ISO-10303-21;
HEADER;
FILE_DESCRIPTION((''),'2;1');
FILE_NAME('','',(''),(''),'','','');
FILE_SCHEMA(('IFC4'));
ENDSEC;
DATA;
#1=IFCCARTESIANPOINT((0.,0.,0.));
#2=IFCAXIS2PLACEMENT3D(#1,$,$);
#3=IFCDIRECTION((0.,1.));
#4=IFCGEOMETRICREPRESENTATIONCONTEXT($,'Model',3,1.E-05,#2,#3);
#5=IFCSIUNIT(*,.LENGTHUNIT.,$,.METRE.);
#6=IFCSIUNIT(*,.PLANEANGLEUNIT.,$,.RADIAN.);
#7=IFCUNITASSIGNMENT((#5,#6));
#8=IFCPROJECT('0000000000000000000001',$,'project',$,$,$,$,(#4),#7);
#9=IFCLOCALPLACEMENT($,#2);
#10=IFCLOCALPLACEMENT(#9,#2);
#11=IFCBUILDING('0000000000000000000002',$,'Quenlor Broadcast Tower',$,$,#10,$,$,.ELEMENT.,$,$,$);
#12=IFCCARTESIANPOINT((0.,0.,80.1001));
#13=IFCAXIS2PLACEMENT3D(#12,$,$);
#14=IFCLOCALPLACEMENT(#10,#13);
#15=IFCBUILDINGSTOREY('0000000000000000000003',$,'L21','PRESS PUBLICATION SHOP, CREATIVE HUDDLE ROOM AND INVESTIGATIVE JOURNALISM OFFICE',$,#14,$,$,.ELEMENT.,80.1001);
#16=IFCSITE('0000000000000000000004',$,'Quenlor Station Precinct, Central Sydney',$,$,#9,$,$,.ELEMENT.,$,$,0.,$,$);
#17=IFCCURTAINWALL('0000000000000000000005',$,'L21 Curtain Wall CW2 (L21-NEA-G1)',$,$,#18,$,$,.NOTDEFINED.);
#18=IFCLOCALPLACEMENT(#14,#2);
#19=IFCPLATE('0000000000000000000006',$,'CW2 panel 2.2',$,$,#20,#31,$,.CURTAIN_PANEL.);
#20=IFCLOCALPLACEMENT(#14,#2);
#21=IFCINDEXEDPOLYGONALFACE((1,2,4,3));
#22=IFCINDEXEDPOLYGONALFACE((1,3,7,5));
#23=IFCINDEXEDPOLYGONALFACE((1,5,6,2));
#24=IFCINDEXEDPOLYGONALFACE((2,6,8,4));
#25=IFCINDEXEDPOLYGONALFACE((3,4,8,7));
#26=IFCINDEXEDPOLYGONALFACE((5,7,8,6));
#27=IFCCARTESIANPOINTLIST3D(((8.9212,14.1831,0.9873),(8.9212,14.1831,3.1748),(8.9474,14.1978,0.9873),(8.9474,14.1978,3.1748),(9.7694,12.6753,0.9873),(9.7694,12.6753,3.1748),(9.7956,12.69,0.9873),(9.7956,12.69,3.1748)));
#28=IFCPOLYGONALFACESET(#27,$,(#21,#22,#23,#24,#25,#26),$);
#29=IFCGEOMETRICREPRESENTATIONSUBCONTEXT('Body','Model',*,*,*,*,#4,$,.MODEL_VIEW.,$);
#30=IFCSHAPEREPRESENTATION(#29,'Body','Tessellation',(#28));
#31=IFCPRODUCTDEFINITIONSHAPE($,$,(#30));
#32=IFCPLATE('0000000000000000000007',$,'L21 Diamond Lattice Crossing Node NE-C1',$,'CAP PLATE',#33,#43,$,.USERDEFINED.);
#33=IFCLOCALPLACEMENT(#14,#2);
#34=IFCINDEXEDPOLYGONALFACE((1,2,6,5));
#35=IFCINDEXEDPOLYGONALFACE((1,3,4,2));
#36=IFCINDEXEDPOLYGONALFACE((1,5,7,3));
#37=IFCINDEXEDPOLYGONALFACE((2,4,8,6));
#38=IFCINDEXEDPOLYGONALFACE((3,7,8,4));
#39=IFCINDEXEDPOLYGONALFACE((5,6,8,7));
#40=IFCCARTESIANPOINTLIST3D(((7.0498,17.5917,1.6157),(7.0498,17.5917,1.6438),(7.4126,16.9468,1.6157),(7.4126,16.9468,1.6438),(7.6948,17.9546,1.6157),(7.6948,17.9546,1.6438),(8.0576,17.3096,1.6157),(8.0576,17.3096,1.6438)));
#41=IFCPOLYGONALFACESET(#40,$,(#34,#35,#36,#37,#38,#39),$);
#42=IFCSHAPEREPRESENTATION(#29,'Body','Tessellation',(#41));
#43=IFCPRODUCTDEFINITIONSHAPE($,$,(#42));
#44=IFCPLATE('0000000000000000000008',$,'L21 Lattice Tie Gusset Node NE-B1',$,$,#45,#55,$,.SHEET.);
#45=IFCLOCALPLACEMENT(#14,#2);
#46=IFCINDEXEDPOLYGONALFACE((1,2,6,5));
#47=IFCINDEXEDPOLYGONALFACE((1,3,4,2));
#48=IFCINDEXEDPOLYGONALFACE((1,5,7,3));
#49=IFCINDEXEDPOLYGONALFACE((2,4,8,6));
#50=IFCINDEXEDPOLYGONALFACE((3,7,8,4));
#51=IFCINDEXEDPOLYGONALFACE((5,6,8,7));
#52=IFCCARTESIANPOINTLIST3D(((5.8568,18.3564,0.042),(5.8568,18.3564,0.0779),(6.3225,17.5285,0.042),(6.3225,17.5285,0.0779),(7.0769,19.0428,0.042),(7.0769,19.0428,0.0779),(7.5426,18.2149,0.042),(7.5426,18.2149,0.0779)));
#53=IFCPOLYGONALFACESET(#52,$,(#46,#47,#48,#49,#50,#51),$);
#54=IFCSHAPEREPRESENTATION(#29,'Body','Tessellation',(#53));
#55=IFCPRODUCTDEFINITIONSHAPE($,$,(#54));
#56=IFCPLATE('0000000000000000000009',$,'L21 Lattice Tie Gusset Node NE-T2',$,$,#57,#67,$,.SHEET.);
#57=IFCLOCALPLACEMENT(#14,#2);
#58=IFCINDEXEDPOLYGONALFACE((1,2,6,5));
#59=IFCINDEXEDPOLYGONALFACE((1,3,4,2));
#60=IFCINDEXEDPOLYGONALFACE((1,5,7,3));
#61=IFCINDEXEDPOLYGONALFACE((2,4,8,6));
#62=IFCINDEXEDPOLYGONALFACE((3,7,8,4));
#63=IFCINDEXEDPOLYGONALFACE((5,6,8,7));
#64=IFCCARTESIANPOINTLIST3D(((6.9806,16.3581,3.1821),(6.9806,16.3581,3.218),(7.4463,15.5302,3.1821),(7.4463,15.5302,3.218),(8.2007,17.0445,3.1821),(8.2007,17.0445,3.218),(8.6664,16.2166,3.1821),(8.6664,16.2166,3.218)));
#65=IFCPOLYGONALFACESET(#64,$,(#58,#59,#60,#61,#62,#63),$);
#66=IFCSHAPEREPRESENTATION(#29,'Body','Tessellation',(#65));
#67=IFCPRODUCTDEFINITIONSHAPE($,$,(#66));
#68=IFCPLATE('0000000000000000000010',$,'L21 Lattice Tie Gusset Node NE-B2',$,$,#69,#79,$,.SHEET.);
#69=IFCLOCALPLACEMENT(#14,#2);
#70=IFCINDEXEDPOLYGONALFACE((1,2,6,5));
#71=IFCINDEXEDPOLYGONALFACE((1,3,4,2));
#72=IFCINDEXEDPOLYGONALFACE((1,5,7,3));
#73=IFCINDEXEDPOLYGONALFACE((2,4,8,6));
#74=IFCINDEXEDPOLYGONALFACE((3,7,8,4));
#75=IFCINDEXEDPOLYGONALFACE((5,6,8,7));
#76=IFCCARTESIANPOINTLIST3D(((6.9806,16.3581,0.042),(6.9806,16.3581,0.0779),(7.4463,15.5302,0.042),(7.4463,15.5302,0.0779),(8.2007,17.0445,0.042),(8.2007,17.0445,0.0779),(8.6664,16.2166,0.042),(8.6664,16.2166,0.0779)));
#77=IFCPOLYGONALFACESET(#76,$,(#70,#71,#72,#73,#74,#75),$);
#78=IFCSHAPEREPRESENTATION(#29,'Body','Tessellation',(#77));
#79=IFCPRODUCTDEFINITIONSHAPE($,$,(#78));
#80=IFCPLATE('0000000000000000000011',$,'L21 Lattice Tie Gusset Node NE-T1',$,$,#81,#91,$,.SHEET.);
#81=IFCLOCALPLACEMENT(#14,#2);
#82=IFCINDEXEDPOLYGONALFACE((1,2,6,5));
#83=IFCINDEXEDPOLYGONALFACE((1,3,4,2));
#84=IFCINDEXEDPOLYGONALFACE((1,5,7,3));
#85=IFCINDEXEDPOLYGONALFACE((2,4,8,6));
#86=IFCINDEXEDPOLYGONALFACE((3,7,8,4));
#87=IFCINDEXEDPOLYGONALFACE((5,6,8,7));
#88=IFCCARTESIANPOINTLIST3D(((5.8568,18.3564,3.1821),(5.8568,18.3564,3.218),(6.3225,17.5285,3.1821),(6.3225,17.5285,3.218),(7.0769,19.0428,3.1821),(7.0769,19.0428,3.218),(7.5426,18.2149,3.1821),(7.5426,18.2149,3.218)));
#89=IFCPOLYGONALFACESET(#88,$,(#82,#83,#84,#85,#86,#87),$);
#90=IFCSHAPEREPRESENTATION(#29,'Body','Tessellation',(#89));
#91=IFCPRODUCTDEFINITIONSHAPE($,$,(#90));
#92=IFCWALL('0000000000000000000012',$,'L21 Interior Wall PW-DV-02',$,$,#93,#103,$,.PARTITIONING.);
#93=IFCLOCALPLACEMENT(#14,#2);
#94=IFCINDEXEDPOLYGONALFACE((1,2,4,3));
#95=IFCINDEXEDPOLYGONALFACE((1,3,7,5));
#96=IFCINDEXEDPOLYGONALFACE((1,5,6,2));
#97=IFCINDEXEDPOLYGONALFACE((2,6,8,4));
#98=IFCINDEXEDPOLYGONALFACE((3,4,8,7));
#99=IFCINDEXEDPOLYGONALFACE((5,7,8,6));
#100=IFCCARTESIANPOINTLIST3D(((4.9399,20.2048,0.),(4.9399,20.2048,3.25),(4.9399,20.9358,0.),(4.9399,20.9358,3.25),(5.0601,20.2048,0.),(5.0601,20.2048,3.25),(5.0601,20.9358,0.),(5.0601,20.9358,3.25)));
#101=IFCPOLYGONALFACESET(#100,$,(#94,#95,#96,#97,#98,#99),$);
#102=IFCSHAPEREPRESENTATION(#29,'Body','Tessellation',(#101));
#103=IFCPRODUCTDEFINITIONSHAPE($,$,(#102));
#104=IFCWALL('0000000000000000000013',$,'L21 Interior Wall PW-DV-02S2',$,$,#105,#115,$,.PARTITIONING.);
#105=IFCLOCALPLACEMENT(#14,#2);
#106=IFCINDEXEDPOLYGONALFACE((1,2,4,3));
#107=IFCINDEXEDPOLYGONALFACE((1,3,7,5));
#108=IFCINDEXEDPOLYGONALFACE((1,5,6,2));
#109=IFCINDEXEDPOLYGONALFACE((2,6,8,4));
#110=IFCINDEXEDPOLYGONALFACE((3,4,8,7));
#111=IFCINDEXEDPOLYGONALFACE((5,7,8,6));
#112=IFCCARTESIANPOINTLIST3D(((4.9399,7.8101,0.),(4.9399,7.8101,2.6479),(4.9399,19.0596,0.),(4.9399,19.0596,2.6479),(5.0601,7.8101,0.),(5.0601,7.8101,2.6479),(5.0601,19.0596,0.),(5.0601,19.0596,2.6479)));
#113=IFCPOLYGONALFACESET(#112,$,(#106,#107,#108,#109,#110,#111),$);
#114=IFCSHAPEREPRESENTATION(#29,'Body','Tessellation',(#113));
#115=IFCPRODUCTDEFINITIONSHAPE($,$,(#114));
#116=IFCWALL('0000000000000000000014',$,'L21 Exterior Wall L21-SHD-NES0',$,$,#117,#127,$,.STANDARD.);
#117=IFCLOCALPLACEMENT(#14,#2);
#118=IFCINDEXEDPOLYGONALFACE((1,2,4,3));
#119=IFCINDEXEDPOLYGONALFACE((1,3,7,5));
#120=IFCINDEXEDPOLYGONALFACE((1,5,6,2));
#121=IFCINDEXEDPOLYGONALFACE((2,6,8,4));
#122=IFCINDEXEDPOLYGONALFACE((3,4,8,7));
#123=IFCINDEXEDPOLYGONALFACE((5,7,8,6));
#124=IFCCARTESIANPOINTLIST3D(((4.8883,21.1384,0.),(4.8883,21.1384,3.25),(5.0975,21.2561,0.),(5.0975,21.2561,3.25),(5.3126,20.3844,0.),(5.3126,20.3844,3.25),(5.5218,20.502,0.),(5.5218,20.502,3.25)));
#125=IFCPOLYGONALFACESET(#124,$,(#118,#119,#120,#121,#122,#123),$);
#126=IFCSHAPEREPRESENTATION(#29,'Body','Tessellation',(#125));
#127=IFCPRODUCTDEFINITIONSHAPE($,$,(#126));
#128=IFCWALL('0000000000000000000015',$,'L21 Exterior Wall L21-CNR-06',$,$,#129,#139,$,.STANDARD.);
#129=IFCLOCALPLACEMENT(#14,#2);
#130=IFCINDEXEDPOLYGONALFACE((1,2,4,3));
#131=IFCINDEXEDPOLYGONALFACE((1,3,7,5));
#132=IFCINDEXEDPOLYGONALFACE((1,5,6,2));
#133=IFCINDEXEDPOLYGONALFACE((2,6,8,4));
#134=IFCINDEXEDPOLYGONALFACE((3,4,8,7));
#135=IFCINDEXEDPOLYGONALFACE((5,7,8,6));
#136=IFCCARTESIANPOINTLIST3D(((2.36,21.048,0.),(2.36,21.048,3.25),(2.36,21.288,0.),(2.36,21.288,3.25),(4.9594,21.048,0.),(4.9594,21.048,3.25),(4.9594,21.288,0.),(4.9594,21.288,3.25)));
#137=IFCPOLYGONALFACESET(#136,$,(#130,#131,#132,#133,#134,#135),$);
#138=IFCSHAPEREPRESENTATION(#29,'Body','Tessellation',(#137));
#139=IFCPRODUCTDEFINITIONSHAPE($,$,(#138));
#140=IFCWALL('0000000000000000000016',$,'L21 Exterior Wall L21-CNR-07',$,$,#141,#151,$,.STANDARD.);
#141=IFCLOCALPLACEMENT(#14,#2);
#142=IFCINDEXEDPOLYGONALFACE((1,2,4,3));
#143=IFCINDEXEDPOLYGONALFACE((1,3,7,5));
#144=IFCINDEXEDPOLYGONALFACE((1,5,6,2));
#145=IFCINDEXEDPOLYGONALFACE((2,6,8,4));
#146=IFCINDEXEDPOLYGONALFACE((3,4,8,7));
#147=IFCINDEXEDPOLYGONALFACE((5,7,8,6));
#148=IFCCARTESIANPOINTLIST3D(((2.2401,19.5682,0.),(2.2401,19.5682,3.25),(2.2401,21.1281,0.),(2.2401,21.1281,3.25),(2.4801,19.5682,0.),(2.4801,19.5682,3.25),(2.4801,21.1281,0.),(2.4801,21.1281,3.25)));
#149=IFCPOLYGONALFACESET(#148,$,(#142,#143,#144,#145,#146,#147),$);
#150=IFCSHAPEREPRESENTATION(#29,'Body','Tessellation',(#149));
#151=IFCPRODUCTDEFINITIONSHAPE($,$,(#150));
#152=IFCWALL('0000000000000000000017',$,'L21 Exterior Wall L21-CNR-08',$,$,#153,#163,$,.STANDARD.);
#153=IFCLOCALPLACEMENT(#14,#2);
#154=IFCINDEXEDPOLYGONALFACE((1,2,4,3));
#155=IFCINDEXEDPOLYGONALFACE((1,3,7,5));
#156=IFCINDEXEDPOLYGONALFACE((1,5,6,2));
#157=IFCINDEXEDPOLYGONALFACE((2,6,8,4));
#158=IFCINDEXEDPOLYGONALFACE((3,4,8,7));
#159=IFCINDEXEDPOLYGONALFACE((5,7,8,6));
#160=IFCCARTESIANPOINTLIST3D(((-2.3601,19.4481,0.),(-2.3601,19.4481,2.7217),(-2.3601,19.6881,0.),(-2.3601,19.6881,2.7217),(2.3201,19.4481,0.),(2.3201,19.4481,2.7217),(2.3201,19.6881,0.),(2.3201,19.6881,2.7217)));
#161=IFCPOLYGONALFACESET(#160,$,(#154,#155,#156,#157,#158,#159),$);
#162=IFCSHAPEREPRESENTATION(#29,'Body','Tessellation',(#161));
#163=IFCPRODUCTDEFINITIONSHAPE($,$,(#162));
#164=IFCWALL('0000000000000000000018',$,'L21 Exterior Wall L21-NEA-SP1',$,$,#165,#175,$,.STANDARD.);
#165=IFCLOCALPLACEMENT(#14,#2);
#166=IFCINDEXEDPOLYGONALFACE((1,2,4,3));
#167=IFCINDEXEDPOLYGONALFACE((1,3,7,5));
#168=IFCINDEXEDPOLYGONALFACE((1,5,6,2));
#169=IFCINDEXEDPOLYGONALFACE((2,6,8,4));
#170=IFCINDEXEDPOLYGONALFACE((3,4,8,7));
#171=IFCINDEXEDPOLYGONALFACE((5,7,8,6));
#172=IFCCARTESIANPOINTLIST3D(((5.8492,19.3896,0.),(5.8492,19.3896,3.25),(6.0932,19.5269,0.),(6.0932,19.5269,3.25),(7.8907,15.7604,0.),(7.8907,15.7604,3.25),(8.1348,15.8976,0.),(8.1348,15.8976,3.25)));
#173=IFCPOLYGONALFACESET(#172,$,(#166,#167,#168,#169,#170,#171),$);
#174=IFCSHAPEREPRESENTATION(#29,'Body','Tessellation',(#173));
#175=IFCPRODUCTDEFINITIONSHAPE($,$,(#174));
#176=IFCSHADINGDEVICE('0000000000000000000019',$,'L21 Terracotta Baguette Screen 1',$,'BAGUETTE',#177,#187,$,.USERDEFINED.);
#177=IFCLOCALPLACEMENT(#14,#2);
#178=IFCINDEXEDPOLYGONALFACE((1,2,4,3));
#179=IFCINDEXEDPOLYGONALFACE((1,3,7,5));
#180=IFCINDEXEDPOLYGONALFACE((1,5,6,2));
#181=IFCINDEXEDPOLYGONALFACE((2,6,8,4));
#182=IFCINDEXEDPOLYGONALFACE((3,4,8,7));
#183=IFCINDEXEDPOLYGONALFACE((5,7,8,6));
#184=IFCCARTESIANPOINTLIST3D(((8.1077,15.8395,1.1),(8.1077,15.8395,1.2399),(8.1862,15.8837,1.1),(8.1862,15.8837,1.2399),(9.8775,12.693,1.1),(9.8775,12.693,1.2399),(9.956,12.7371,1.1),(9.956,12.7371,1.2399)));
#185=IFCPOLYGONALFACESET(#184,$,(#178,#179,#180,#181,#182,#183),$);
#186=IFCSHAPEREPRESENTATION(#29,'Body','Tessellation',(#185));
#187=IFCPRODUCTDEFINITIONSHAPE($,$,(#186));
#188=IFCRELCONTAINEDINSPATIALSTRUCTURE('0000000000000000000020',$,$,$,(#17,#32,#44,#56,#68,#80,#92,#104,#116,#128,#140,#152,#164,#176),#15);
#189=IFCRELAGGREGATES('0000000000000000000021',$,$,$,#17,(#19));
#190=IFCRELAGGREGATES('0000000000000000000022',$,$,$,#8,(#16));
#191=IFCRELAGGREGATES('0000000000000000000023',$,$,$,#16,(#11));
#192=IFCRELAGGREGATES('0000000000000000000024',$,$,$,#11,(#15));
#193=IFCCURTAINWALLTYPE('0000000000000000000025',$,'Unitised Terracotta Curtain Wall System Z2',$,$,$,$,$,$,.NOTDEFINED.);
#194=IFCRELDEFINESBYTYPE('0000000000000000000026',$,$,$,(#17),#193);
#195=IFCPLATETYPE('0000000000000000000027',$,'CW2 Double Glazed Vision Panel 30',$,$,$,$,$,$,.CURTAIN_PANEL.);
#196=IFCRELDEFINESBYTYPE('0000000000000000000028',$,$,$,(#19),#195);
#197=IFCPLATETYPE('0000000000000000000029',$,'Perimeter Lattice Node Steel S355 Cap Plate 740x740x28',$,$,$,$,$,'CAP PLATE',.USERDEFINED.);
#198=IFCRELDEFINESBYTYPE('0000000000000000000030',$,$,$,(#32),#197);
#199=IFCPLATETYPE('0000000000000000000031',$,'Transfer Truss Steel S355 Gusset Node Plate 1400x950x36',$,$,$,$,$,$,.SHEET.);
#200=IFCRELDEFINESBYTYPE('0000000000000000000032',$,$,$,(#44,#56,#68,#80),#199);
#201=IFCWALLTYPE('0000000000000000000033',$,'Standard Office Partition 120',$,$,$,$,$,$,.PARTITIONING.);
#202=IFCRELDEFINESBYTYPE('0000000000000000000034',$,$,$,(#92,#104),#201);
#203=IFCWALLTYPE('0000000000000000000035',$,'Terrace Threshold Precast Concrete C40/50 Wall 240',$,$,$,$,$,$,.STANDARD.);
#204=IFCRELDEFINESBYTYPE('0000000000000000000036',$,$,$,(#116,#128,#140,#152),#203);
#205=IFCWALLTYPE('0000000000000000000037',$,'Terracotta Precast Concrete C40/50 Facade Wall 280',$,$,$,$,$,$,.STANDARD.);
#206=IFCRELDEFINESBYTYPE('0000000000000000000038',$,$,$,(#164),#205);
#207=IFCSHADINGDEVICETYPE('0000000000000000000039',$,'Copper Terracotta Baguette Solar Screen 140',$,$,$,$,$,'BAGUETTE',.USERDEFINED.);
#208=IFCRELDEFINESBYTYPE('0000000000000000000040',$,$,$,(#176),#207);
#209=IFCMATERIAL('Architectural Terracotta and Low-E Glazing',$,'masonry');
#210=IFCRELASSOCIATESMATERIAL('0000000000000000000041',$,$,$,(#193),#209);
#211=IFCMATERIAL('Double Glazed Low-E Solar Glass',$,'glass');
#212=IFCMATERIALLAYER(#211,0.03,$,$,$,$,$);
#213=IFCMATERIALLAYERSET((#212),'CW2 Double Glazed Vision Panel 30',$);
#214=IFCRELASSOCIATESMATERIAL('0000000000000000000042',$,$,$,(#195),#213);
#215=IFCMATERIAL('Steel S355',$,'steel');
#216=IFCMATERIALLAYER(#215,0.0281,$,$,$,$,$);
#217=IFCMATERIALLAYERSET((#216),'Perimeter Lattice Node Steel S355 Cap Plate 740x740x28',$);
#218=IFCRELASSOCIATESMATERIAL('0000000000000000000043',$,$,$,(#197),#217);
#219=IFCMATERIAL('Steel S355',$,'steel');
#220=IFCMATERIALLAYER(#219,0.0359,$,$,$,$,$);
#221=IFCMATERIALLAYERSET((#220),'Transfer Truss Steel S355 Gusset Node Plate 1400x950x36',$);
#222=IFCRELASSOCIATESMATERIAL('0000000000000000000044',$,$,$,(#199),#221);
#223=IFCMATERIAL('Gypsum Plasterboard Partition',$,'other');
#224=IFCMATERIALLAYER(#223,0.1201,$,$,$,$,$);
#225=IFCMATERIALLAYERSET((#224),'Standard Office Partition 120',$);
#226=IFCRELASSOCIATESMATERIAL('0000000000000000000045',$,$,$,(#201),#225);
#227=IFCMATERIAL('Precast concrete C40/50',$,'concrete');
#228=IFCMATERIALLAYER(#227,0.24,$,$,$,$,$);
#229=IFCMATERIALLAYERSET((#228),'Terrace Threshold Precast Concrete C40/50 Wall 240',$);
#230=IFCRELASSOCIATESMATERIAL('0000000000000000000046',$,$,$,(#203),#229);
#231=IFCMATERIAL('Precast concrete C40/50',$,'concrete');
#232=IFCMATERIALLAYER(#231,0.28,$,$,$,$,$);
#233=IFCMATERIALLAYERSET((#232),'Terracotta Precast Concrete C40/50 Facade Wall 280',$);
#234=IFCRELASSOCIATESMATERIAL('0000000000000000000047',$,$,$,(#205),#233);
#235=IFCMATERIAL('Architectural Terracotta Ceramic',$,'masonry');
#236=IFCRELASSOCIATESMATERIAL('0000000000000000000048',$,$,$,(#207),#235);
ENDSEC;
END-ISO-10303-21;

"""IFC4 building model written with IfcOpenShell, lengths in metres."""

from ifc_helpers import new_model, si_unit, direction, frame, frame_2d, origin, origin_2d, place, context, subcontext, project, spatial, rectangle, extrude, material, layer, layer_set, material_profile, profile_set, type_object, element, aggregate, save


model = new_model("IFC4")

# Units and contexts
model_context = context("Model", 3, precision=1e-05, world=origin(), true_north=direction((0.0, 1.0)))
body_context = subcontext(model_context, "Body", "Model", "MODEL_VIEW")
ifc_project = project(units=[si_unit("LENGTHUNIT", "METRE"), si_unit("PLANEANGLEUNIT", "RADIAN")], contexts=[model_context])

# Site, building, storey
site_placement = place(None, origin())
site = spatial("IfcSite", under=ifc_project, at=site_placement, Name="Quenlor Station Precinct, Central Sydney", CompositionType="ELEMENT", RefElevation=0.0)
building_placement = place(site_placement, origin())
building = spatial("IfcBuilding", under=site, at=building_placement, Name="Quenlor Broadcast Tower", CompositionType="ELEMENT")
storey_placement = place(building_placement, frame((0.0, 0.0, 80.1001)))
storey = spatial("IfcBuildingStorey", under=building, at=storey_placement, Name="L21", Description="PRESS PUBLICATION SHOP, CREATIVE HUDDLE ROOM AND INVESTIGATIVE JOURNALISM OFFICE", CompositionType="ELEMENT", Elevation=80.1001)

# Curtain wall
ifc_material_1 = material(Name="Architectural Terracotta and Low-E Glazing", Category="masonry")
curtain_wall_type = type_object("IfcCurtainWallType", Name="Unitised Terracotta Curtain Wall System Z2", PredefinedType="NOTDEFINED", material=ifc_material_1)
curtain_wall_placement = place(storey_placement, origin())
curtain_wall = element("IfcCurtainWall", 1, at=curtain_wall_placement, inside=storey, type_object=curtain_wall_type, Name="L21 Curtain Wall CW2 (L21-NEA-G1)", PredefinedType="NOTDEFINED")

# Plate
ifc_material_2 = material(Name="Double Glazed Low-E Solar Glass", Category="glass")
ifc_layer_1 = layer(ifc_material_2, 0.03)
ifc_layer_set_1 = layer_set([ifc_layer_1], Name="CW2 Double Glazed Vision Panel 30")
plate_type_1 = type_object("IfcPlateType", Name="CW2 Double Glazed Vision Panel 30", PredefinedType="CURTAIN_PANEL", material=ifc_layer_set_1)
plate_1_placement = place(storey_placement, frame((9.3584, 13.4365, 0.9873), z_axis=(0.0, 0.0, 1.0), x_axis=(0.490265, -0.871573, 0.0)))
plate_1 = element("IfcPlate", 2, at=plate_1_placement, type_object=plate_type_1, Name="CW2 panel 2.2", PredefinedType="CURTAIN_PANEL", context=body_context, shape_type="SweptSolid", body=[
    extrude(rectangle(XDim=1.73, YDim=0.03, at=origin_2d()), origin(), (0.0, 0.0, 1.0), 2.1875),
])
aggregate(curtain_wall, [plate_1])

# Plates
ifc_material_3 = material(Name="Steel S355", Category="steel")
ifc_layer_2 = layer(ifc_material_3, 0.0281)
ifc_layer_set_2 = layer_set([ifc_layer_2], Name="Perimeter Lattice Node Steel S355 Cap Plate 740x740x28")
plate_type_2 = type_object("IfcPlateType", Name="Perimeter Lattice Node Steel S355 Cap Plate 740x740x28", ElementType="CAP PLATE", PredefinedType="USERDEFINED", material=ifc_layer_set_2)
plate_2_placement = place(storey_placement, frame((7.5537, 17.4507, 1.6157), z_axis=(0.0, 0.0, 1.0), x_axis=(0.490295, -0.871556, 0.0)))
element("IfcPlate", 3, at=plate_2_placement, inside=storey, type_object=plate_type_2, Name="L21 Diamond Lattice Crossing Node NE-C1", ObjectType="CAP PLATE", PredefinedType="USERDEFINED", context=body_context, shape_type="SweptSolid", body=[
    extrude(rectangle(XDim=0.74, YDim=0.74, at=origin_2d()), origin(), (0.0, 0.0, 1.0), 0.0281),
])
ifc_material_4 = material(Name="Steel S355", Category="steel")
ifc_layer_3 = layer(ifc_material_4, 0.0359)
ifc_layer_set_3 = layer_set([ifc_layer_3], Name="Transfer Truss Steel S355 Gusset Node Plate 1400x950x36")
plate_type_3 = type_object("IfcPlateType", Name="Transfer Truss Steel S355 Gusset Node Plate 1400x950x36", PredefinedType="SHEET", material=ifc_layer_set_3)
for number, where, z_axis, x_axis, name in (
    (4, (6.6997, 18.2856, 0.042), (0.0, 0.0, 1.0), (0.871556, 0.490295, 0.0), "L21 Lattice Tie Gusset Node NE-B1"),
    (5, (7.8235, 16.2874, 3.1821), (0.0, 0.0, 1.0), (0.871556, 0.490295, 0.0), "L21 Lattice Tie Gusset Node NE-T2"),
    (6, (7.8235, 16.2874, 0.042), (0.0, 0.0, 1.0), (0.871556, 0.490295, 0.0), "L21 Lattice Tie Gusset Node NE-B2"),
    (7, (6.6997, 18.2856, 3.1821), (0.0, 0.0, 1.0), (0.871556, 0.490295, 0.0), "L21 Lattice Tie Gusset Node NE-T1"),
):
    element("IfcPlate", number, at=place(storey_placement, frame(where, z_axis=z_axis, x_axis=x_axis)), inside=storey, type_object=plate_type_3, Name=name, PredefinedType="SHEET", context=body_context, shape_type="SweptSolid", body=[
        extrude(rectangle(XDim=1.3999, YDim=0.95, at=origin_2d()), origin(), (0.0, 0.0, 1.0), 0.0359),
    ])

# Walls
ifc_material_5 = material(Name="Gypsum Plasterboard Partition", Category="other")
ifc_layer_4 = layer(ifc_material_5, 0.1201)
ifc_layer_set_4 = layer_set([ifc_layer_4], Name="Standard Office Partition 120")
wall_type_1 = type_object("IfcWallType", Name="Standard Office Partition 120", PredefinedType="PARTITIONING", material=ifc_layer_set_4)
wall_1_placement = place(storey_placement, frame((5.0, 20.9358, 0.0), z_axis=(0.0, 0.0, 1.0), x_axis=(0.0, -1.0, 0.0)))
element("IfcWall", 8, at=wall_1_placement, inside=storey, type_object=wall_type_1, Name="L21 Interior Wall PW-DV-02", PredefinedType="PARTITIONING", context=body_context, shape_type="SweptSolid", body=[
    extrude(rectangle(XDim=0.731, YDim=0.1201, at=frame_2d((0.3655, 0.0))), origin(), (0.0, 0.0, 1.0), 3.25),
])
wall_2_placement = place(storey_placement, frame((5.0, 19.0596, 0.0), z_axis=(0.0, 0.0, 1.0), x_axis=(0.0, -1.0, 0.0)))
element("IfcWall", 9, at=wall_2_placement, inside=storey, type_object=wall_type_1, Name="L21 Interior Wall PW-DV-02S2", PredefinedType="PARTITIONING", context=body_context, shape_type="SweptSolid", body=[
    extrude(rectangle(XDim=11.2495, YDim=0.1201, at=frame_2d((5.6248, 0.0))), origin(), (0.0, 0.0, 1.0), 2.6479),
])
ifc_material_6 = material(Name="Precast concrete C40/50", Category="concrete")
ifc_layer_5 = layer(ifc_material_6, 0.24)
ifc_layer_set_5 = layer_set([ifc_layer_5], Name="Terrace Threshold Precast Concrete C40/50 Wall 240")
wall_type_2 = type_object("IfcWallType", Name="Terrace Threshold Precast Concrete C40/50 Wall 240", PredefinedType="STANDARD", material=ifc_layer_set_5)
wall_3_placement = place(storey_placement, frame((4.9929, 21.1973, 0.0), z_axis=(0.0, 0.0, 1.0), x_axis=(0.490355, -0.871523, 0.0)))
element("IfcWall", 10, at=wall_3_placement, inside=storey, type_object=wall_type_2, Name="L21 Exterior Wall L21-SHD-NES0", PredefinedType="STANDARD", context=body_context, shape_type="SweptSolid", body=[
    extrude(rectangle(XDim=0.8652, YDim=0.24, at=frame_2d((0.4326, 0.0))), origin(), (0.0, 0.0, 1.0), 3.25),
])
wall_4_placement = place(storey_placement, frame((4.9595, 21.168, 0.0), z_axis=(0.0, 0.0, 1.0), x_axis=(-1.0, 0.0, 0.0)))
element("IfcWall", 11, at=wall_4_placement, inside=storey, type_object=wall_type_2, Name="L21 Exterior Wall L21-CNR-06", PredefinedType="STANDARD", context=body_context, shape_type="SweptSolid", body=[
    extrude(rectangle(XDim=2.5994, YDim=0.24, at=frame_2d((1.2998, 0.0))), origin(), (0.0, 0.0, 1.0), 3.25),
])
wall_5_placement = place(storey_placement, frame((2.3601, 21.1279, 0.0), z_axis=(0.0, 0.0, 1.0), x_axis=(0.0, -1.0, 0.0)))
element("IfcWall", 12, at=wall_5_placement, inside=storey, type_object=wall_type_2, Name="L21 Exterior Wall L21-CNR-07", PredefinedType="STANDARD", context=body_context, shape_type="SweptSolid", body=[
    extrude(rectangle(XDim=1.5598, YDim=0.24, at=frame_2d((0.7798, 0.0))), origin(), (0.0, 0.0, 1.0), 3.25),
])
wall_6_placement = place(storey_placement, frame((2.3201, 19.5681, 0.0), z_axis=(0.0, 0.0, 1.0), x_axis=(-1.0, 0.0, 0.0)))
element("IfcWall", 13, at=wall_6_placement, inside=storey, type_object=wall_type_2, Name="L21 Exterior Wall L21-CNR-08", PredefinedType="STANDARD", context=body_context, shape_type="SweptSolid", body=[
    extrude(rectangle(XDim=4.6802, YDim=0.24, at=frame_2d((2.3401, 0.0))), origin(), (0.0, 0.0, 1.0), 2.7217),
])
ifc_material_7 = material(Name="Precast concrete C40/50", Category="concrete")
ifc_layer_6 = layer(ifc_material_7, 0.28)
ifc_layer_set_6 = layer_set([ifc_layer_6], Name="Terracotta Precast Concrete C40/50 Facade Wall 280")
wall_type_3 = type_object("IfcWallType", Name="Terracotta Precast Concrete C40/50 Facade Wall 280", PredefinedType="STANDARD", material=ifc_layer_set_6)
wall_7_placement = place(storey_placement, frame((5.9712, 19.4583, 0.0), z_axis=(0.0, 0.0, 1.0), x_axis=(0.490281, -0.871565, 0.0)))
element("IfcWall", 14, at=wall_7_placement, inside=storey, type_object=wall_type_3, Name="L21 Exterior Wall L21-NEA-SP1", PredefinedType="STANDARD", context=body_context, shape_type="SweptSolid", body=[
    extrude(rectangle(XDim=4.1641, YDim=0.28, at=frame_2d((2.082, 0.0))), origin(), (0.0, 0.0, 1.0), 3.25),
])

# Shading device
ifc_material_8 = material(Name="Architectural Terracotta Ceramic", Category="masonry")
ifc_material_profile_1 = material_profile(ifc_material_8, rectangle(XDim=0.0901, YDim=0.1399, at=origin_2d()))
ifc_profile_set_1 = profile_set([ifc_material_profile_1], Name="Architectural Terracotta Ceramic BAG90x140")
shading_device_type = type_object("IfcShadingDeviceType", Name="Copper Terracotta Baguette Solar Screen 140", ElementType="BAGUETTE", PredefinedType="USERDEFINED", material=ifc_profile_set_1)
for number, where, z_axis, x_axis, name in (
    (15, (8.147, 15.8616, 1.1699), (0.490236, -0.87159, 0.0), (0.87159, 0.490236, 0.0), "L21 Terracotta Baguette Screen 1"),
):
    element("IfcShadingDevice", number, at=place(storey_placement, frame(where, z_axis=z_axis, x_axis=x_axis)), inside=storey, type_object=shading_device_type, Name=name, ObjectType="BAGUETTE", PredefinedType="USERDEFINED", context=body_context, shape_type="SweptSolid", body=[
        extrude(rectangle(XDim=0.0901, YDim=0.1399, at=origin_2d()), origin(), (0.0, 0.0, 1.0), 3.6101),
    ])

save(model, "model.ifc")
